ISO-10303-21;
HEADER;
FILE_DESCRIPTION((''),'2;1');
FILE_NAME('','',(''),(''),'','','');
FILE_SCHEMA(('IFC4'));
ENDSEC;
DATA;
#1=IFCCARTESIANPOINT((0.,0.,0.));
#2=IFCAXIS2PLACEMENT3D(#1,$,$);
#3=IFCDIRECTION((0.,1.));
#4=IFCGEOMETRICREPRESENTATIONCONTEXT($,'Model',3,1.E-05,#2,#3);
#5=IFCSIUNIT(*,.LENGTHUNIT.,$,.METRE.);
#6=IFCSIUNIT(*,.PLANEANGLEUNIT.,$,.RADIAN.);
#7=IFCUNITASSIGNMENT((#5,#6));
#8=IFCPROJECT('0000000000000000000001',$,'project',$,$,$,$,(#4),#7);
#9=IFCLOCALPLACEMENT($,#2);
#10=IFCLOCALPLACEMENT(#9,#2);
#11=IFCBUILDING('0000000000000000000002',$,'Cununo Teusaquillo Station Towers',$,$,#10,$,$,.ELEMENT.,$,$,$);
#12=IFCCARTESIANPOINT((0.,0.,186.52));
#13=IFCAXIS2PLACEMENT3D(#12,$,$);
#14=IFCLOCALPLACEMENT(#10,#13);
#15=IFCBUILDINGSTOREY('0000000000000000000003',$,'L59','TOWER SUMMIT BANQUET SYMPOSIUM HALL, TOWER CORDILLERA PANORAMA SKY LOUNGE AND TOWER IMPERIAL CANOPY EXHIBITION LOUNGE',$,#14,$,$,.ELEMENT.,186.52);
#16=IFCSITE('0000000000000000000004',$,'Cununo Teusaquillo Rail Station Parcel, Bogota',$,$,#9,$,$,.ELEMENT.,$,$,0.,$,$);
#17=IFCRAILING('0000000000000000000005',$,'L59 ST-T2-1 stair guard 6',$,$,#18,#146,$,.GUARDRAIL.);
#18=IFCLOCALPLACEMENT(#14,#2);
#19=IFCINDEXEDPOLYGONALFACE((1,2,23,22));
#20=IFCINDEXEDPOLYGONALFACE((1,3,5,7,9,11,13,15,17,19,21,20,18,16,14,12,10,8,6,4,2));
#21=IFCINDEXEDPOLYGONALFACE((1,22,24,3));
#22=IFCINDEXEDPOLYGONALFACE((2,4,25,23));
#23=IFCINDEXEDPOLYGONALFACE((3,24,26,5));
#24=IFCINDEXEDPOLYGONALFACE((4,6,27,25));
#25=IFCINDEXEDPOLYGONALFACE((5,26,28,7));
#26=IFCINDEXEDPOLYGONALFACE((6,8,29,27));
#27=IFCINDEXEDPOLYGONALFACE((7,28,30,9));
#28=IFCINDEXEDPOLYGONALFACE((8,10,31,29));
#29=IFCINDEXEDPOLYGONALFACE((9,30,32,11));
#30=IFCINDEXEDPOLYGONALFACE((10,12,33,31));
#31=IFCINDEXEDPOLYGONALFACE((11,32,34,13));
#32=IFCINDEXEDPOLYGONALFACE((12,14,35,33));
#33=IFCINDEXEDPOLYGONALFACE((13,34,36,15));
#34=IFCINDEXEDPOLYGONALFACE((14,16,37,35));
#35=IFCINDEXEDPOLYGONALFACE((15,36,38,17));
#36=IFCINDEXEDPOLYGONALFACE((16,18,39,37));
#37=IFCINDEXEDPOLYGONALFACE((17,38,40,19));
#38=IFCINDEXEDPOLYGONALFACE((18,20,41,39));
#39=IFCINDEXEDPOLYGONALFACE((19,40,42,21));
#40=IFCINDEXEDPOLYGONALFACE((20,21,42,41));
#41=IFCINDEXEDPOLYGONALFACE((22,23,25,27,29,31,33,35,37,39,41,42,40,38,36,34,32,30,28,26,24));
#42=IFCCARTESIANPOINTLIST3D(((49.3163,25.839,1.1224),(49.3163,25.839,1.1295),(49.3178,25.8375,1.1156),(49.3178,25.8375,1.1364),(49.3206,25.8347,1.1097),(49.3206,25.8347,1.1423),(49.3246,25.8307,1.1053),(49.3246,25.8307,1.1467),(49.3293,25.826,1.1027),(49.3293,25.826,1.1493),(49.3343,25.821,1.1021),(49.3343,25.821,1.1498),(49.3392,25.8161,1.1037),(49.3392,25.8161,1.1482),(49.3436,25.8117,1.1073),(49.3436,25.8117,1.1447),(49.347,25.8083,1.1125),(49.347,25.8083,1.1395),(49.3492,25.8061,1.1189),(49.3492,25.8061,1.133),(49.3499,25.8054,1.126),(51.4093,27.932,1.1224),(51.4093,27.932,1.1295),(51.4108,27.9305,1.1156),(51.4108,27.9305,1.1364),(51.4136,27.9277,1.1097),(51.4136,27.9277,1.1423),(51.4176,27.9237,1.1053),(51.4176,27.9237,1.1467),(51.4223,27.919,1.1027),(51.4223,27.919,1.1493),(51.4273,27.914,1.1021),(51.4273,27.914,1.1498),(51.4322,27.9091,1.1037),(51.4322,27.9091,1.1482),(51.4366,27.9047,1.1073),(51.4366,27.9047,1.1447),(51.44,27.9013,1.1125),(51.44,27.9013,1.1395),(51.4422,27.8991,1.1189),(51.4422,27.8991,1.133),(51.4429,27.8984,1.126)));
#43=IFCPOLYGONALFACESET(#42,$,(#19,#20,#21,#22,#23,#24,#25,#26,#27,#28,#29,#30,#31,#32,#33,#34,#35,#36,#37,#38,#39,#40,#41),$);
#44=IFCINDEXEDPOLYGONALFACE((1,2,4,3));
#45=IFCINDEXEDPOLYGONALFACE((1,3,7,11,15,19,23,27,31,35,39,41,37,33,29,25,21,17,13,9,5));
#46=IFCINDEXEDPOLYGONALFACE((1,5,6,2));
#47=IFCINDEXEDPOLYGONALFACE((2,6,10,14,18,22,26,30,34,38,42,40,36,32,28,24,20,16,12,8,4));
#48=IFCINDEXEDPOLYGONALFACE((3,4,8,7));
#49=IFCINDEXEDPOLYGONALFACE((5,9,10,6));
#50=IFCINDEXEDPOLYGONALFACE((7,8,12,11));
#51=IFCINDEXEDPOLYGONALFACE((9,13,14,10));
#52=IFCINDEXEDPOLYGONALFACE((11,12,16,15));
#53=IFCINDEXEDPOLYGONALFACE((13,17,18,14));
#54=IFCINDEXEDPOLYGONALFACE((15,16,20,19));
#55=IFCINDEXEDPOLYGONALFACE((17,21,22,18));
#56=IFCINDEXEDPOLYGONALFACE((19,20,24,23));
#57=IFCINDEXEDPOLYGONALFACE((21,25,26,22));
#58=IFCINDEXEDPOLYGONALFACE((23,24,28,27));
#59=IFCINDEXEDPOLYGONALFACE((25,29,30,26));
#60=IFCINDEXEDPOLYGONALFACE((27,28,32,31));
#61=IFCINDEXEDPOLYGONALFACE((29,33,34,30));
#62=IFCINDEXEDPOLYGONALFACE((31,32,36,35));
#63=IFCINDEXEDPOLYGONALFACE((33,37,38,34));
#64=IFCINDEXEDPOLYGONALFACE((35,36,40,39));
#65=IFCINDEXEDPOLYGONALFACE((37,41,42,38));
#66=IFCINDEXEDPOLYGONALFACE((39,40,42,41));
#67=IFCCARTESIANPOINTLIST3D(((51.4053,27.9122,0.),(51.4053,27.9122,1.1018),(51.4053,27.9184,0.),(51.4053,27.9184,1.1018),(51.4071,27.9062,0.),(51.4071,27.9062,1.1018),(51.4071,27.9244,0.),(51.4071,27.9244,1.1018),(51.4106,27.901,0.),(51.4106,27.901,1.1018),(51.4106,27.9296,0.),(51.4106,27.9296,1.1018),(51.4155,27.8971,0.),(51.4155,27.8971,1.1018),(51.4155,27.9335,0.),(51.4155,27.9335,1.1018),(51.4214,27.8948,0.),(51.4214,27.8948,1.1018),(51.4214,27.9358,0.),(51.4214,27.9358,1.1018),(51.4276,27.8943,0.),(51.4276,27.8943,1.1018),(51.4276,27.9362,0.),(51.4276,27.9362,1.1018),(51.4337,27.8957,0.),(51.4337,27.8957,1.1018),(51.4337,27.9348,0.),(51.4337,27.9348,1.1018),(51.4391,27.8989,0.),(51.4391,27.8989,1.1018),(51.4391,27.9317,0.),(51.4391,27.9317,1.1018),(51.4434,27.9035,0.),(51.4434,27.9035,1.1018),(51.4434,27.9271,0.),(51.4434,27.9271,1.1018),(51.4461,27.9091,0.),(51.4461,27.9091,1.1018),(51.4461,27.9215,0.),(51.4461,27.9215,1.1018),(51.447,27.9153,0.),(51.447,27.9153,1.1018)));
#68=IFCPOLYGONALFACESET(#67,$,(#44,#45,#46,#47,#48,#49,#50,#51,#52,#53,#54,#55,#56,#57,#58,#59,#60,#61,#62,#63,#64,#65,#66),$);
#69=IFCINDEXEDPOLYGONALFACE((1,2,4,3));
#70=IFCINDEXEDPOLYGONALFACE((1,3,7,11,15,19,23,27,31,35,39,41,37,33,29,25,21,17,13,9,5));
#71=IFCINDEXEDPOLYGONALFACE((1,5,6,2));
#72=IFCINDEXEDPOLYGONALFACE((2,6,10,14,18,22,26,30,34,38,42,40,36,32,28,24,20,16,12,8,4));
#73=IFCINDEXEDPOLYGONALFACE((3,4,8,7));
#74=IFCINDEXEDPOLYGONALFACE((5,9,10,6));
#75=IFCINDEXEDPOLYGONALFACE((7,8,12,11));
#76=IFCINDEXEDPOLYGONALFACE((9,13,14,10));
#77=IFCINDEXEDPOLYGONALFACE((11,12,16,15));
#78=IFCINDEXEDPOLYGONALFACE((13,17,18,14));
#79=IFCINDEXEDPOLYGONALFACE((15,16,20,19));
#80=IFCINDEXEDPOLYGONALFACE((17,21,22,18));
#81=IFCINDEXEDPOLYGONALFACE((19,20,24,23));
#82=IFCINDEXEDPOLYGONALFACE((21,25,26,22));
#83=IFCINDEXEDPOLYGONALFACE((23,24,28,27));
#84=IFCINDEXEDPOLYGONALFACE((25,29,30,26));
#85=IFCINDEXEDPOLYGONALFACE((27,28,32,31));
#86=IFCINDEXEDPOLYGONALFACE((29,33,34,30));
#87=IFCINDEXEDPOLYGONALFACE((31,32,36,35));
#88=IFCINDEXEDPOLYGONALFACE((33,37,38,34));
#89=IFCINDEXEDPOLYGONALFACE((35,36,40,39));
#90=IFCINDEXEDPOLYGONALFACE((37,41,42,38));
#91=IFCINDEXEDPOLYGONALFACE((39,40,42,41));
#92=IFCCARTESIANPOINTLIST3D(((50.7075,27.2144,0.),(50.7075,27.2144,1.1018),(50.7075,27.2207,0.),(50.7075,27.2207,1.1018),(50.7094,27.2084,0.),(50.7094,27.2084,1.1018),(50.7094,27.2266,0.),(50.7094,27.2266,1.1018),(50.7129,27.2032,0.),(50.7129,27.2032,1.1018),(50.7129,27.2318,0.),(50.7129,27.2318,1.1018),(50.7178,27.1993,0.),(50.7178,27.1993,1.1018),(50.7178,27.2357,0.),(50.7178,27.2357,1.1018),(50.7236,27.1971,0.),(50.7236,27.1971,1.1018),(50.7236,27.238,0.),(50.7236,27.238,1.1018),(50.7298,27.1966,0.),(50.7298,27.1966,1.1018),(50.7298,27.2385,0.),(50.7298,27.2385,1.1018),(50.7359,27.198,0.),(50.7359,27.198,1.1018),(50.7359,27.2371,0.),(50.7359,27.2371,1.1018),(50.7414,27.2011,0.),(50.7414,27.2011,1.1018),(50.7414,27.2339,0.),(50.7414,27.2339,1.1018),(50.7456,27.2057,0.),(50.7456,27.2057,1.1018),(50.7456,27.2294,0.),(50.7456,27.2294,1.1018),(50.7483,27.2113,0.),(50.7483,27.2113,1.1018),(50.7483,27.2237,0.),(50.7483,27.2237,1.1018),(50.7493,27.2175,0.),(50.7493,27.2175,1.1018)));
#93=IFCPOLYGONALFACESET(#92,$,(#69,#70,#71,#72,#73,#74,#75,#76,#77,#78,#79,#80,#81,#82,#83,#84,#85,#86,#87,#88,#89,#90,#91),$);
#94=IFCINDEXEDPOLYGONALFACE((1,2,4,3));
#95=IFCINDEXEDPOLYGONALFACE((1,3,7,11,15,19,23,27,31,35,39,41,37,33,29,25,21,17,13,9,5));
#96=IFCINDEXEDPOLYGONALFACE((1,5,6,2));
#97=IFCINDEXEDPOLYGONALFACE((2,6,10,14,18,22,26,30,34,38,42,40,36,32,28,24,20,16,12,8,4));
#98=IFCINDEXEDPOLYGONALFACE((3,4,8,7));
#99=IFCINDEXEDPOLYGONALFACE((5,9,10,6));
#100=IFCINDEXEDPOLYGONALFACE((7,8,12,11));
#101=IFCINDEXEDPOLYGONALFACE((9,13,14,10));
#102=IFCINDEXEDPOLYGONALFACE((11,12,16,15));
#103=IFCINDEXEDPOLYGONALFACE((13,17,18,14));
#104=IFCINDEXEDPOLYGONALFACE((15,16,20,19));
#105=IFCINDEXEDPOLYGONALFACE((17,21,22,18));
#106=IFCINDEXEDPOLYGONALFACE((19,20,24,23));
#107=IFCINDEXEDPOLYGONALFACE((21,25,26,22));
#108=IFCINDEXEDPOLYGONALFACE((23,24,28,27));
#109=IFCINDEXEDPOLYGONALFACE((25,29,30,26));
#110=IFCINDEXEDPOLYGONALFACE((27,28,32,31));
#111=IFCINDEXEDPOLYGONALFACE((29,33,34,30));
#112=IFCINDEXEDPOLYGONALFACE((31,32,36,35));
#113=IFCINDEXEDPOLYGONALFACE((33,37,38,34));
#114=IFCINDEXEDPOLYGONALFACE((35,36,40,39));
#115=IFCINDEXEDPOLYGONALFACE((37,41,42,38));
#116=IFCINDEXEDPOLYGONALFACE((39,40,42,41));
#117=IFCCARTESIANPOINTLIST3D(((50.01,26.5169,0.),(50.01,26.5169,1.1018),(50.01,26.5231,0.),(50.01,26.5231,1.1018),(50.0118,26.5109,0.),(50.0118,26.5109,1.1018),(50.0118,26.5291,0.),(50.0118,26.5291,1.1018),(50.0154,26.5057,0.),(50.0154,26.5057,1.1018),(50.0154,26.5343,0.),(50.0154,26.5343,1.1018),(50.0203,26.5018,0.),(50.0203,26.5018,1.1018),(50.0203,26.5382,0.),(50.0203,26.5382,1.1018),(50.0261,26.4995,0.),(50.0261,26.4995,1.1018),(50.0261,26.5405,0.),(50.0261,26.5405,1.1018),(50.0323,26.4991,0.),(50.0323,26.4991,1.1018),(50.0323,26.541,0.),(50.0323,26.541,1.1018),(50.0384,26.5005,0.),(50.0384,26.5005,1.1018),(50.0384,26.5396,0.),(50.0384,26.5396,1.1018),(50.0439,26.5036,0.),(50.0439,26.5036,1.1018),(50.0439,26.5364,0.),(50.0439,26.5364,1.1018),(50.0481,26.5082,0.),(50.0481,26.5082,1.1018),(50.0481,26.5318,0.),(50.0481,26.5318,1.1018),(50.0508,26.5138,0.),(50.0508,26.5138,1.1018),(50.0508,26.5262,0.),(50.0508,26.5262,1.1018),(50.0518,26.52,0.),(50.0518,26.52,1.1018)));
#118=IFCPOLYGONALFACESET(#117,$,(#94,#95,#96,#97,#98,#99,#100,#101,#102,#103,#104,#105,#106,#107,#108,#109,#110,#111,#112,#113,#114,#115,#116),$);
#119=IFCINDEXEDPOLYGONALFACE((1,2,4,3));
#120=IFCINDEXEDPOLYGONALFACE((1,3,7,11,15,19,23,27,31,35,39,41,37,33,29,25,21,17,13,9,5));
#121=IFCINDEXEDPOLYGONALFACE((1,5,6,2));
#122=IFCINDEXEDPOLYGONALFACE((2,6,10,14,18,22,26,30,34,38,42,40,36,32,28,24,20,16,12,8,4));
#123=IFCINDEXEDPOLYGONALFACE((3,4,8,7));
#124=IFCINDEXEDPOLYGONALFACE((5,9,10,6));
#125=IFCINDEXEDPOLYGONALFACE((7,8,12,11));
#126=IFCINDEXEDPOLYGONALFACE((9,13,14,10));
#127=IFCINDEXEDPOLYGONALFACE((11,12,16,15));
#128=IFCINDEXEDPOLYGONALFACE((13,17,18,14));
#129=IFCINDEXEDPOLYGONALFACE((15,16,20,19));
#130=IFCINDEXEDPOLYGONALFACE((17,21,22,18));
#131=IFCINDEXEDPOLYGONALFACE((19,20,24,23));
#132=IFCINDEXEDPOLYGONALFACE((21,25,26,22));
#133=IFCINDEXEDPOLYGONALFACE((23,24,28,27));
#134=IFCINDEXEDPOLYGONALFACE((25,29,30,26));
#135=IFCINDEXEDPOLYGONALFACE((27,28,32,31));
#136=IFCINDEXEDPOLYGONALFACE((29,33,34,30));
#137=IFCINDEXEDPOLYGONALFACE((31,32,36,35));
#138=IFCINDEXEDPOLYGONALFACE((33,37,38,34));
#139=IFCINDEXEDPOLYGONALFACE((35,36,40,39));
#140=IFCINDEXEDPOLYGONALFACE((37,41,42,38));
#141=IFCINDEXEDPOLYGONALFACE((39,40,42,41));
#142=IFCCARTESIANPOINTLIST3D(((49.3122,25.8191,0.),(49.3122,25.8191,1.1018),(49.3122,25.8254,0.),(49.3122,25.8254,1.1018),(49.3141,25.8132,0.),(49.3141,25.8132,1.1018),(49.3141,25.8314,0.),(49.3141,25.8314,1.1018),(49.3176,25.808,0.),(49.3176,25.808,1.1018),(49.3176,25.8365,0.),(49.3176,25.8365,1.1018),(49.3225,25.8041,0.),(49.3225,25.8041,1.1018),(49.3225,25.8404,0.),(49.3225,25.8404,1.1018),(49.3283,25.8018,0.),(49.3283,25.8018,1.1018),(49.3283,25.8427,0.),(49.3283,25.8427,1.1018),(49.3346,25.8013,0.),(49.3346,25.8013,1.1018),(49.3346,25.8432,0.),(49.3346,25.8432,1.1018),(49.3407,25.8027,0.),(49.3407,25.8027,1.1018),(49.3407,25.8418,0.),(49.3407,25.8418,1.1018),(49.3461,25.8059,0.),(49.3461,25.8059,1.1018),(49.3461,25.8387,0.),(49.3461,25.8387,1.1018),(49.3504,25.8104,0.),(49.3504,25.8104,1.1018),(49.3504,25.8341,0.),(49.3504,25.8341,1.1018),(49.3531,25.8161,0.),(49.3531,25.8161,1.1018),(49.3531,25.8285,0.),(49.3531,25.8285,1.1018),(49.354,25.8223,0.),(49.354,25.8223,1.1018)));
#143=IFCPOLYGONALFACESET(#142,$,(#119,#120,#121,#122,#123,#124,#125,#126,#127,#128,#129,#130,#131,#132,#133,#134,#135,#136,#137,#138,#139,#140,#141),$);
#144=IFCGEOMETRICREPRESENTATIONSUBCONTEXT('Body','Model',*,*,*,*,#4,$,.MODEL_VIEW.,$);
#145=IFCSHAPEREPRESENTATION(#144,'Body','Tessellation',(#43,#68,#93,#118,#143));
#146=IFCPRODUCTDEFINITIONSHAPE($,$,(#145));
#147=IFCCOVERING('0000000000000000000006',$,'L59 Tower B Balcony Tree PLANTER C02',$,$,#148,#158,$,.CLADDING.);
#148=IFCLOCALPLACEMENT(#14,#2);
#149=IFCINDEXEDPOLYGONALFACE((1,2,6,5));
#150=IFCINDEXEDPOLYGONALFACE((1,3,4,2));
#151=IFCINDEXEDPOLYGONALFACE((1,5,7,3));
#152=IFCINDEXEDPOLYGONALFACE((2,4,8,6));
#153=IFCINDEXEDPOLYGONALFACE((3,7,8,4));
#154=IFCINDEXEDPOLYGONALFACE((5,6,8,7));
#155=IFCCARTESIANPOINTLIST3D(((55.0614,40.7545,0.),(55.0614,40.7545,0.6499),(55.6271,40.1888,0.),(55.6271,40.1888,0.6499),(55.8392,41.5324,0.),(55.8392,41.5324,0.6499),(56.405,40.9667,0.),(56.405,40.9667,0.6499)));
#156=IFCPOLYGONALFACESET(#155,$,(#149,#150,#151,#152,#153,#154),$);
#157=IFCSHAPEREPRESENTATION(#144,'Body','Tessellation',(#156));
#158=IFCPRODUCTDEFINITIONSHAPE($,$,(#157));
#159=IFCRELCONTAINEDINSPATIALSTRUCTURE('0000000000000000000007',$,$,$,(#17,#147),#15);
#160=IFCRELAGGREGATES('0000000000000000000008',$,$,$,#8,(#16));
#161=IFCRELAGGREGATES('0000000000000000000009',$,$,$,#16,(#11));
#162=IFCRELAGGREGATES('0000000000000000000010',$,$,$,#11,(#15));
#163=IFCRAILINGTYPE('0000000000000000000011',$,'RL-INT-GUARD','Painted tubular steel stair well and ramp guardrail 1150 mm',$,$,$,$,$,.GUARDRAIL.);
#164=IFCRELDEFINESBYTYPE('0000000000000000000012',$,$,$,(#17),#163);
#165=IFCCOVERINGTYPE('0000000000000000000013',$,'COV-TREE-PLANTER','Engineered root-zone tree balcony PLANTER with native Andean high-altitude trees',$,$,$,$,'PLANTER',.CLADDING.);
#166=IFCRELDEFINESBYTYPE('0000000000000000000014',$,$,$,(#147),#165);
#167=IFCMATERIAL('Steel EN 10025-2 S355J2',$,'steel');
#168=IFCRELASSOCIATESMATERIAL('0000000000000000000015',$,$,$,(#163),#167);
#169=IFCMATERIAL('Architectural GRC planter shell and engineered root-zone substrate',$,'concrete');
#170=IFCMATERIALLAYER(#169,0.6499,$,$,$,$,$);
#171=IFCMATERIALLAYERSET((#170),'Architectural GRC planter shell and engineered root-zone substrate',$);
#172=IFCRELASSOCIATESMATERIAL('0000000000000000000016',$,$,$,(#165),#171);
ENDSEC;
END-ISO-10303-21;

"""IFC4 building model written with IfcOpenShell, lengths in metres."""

from ifc_helpers import new_model, si_unit, direction, frame, origin, origin_2d, place, context, subcontext, project, spatial, rectangle, circle, extrude, source, transform, mapped, material, layer, layer_set, type_object, element, save


model = new_model("IFC4")

# Units and contexts
model_context = context("Model", 3, precision=1e-05, world=origin(), true_north=direction((0.0, 1.0)))
body_context = subcontext(model_context, "Body", "Model", "MODEL_VIEW")
ifc_project = project(units=[si_unit("LENGTHUNIT", "METRE"), si_unit("PLANEANGLEUNIT", "RADIAN")], contexts=[model_context])

# Site, building, storey
site_placement = place(None, origin())
site = spatial("IfcSite", under=ifc_project, at=site_placement, Name="Cununo Teusaquillo Rail Station Parcel, Bogota", CompositionType="ELEMENT", RefElevation=0.0)
building_placement = place(site_placement, origin())
building = spatial("IfcBuilding", under=site, at=building_placement, Name="Cununo Teusaquillo Station Towers", CompositionType="ELEMENT")
storey_placement = place(building_placement, frame((0.0, 0.0, 186.52)))
storey = spatial("IfcBuildingStorey", under=building, at=storey_placement, Name="L59", Description="TOWER SUMMIT BANQUET SYMPOSIUM HALL, TOWER CORDILLERA PANORAMA SKY LOUNGE AND TOWER IMPERIAL CANOPY EXHIBITION LOUNGE", CompositionType="ELEMENT", Elevation=186.52)

# Railing
ifc_material_1 = material(Name="Steel EN 10025-2 S355J2", Category="steel")
railing_type_1 = type_object("IfcRailingType", Name="RL-INT-GUARD", Description="Painted tubular steel stair well and ramp guardrail 1150 mm", PredefinedType="GUARDRAIL", material=ifc_material_1)
railing_1_placement = place(storey_placement, frame((51.426, 27.9153, 0.0)))
element("IfcRailing", 1, at=railing_1_placement, inside=storey, type_object=railing_type_1, Name="L59 ST-T2-1 stair guard 6", PredefinedType="GUARDRAIL", context=body_context, shape_type="SweptSolid", body=[
    extrude(circle(Radius=0.0239, at=origin_2d()), frame((0.0, 0.0, 1.126), z_axis=(-0.707107, -0.707107, 0.0), x_axis=(0.707107, -0.707107, 0.0)), (0.0, 0.0, 1.0), 2.96),
    extrude(circle(Radius=0.021, at=origin_2d()), origin(), (0.0, 0.0, 1.0), 1.1018),
    extrude(circle(Radius=0.021, at=origin_2d()), frame((-0.6978, -0.6978, 0.0)), (0.0, 0.0, 1.0), 1.1018),
    extrude(circle(Radius=0.021, at=origin_2d()), frame((-1.3953, -1.3953, 0.0)), (0.0, 0.0, 1.0), 1.1018),
    extrude(circle(Radius=0.021, at=origin_2d()), frame((-2.093, -2.093, 0.0)), (0.0, 0.0, 1.0), 1.1018),
])

# Covering
ifc_material_2 = material(Name="Architectural GRC planter shell and engineered root-zone substrate", Category="concrete")
ifc_layer_1 = layer(ifc_material_2, 0.6499)
ifc_layer_set_1 = layer_set([ifc_layer_1], Name="Architectural GRC planter shell and engineered root-zone substrate")
covering_type = type_object("IfcCoveringType", Name="COV-TREE-PLANTER", Description="Engineered root-zone tree balcony PLANTER with native Andean high-altitude trees", ElementType="PLANTER", PredefinedType="CLADDING", material=ifc_layer_set_1)
shared_shape_1 = source(origin(), body_context, "Body", "SweptSolid", [
    extrude(rectangle(XDim=1.1001, YDim=0.8, at=origin_2d()), origin(), (0.0, 0.0, 1.0), 0.6499),
])
covering_placement = place(storey_placement, frame((55.7332, 40.8606, 0.0), z_axis=(0.0, 0.0, 1.0), x_axis=(0.707107, 0.707107, 0.0)))
element("IfcCovering", 2, at=covering_placement, inside=storey, type_object=covering_type, Name="L59 Tower B Balcony Tree PLANTER C02", PredefinedType="CLADDING", context=body_context, shape_type="MappedRepresentation", body=[
    mapped(shared_shape_1, transform((0.0, 0.0, 0.0), x_axis=(1.0, 0.0, 0.0), y_axis=(0.0, 1.0, 0.0), z_axis=(0.0, 0.0, 1.0), scale=1.0)),
])

save(model, "model.ifc")
